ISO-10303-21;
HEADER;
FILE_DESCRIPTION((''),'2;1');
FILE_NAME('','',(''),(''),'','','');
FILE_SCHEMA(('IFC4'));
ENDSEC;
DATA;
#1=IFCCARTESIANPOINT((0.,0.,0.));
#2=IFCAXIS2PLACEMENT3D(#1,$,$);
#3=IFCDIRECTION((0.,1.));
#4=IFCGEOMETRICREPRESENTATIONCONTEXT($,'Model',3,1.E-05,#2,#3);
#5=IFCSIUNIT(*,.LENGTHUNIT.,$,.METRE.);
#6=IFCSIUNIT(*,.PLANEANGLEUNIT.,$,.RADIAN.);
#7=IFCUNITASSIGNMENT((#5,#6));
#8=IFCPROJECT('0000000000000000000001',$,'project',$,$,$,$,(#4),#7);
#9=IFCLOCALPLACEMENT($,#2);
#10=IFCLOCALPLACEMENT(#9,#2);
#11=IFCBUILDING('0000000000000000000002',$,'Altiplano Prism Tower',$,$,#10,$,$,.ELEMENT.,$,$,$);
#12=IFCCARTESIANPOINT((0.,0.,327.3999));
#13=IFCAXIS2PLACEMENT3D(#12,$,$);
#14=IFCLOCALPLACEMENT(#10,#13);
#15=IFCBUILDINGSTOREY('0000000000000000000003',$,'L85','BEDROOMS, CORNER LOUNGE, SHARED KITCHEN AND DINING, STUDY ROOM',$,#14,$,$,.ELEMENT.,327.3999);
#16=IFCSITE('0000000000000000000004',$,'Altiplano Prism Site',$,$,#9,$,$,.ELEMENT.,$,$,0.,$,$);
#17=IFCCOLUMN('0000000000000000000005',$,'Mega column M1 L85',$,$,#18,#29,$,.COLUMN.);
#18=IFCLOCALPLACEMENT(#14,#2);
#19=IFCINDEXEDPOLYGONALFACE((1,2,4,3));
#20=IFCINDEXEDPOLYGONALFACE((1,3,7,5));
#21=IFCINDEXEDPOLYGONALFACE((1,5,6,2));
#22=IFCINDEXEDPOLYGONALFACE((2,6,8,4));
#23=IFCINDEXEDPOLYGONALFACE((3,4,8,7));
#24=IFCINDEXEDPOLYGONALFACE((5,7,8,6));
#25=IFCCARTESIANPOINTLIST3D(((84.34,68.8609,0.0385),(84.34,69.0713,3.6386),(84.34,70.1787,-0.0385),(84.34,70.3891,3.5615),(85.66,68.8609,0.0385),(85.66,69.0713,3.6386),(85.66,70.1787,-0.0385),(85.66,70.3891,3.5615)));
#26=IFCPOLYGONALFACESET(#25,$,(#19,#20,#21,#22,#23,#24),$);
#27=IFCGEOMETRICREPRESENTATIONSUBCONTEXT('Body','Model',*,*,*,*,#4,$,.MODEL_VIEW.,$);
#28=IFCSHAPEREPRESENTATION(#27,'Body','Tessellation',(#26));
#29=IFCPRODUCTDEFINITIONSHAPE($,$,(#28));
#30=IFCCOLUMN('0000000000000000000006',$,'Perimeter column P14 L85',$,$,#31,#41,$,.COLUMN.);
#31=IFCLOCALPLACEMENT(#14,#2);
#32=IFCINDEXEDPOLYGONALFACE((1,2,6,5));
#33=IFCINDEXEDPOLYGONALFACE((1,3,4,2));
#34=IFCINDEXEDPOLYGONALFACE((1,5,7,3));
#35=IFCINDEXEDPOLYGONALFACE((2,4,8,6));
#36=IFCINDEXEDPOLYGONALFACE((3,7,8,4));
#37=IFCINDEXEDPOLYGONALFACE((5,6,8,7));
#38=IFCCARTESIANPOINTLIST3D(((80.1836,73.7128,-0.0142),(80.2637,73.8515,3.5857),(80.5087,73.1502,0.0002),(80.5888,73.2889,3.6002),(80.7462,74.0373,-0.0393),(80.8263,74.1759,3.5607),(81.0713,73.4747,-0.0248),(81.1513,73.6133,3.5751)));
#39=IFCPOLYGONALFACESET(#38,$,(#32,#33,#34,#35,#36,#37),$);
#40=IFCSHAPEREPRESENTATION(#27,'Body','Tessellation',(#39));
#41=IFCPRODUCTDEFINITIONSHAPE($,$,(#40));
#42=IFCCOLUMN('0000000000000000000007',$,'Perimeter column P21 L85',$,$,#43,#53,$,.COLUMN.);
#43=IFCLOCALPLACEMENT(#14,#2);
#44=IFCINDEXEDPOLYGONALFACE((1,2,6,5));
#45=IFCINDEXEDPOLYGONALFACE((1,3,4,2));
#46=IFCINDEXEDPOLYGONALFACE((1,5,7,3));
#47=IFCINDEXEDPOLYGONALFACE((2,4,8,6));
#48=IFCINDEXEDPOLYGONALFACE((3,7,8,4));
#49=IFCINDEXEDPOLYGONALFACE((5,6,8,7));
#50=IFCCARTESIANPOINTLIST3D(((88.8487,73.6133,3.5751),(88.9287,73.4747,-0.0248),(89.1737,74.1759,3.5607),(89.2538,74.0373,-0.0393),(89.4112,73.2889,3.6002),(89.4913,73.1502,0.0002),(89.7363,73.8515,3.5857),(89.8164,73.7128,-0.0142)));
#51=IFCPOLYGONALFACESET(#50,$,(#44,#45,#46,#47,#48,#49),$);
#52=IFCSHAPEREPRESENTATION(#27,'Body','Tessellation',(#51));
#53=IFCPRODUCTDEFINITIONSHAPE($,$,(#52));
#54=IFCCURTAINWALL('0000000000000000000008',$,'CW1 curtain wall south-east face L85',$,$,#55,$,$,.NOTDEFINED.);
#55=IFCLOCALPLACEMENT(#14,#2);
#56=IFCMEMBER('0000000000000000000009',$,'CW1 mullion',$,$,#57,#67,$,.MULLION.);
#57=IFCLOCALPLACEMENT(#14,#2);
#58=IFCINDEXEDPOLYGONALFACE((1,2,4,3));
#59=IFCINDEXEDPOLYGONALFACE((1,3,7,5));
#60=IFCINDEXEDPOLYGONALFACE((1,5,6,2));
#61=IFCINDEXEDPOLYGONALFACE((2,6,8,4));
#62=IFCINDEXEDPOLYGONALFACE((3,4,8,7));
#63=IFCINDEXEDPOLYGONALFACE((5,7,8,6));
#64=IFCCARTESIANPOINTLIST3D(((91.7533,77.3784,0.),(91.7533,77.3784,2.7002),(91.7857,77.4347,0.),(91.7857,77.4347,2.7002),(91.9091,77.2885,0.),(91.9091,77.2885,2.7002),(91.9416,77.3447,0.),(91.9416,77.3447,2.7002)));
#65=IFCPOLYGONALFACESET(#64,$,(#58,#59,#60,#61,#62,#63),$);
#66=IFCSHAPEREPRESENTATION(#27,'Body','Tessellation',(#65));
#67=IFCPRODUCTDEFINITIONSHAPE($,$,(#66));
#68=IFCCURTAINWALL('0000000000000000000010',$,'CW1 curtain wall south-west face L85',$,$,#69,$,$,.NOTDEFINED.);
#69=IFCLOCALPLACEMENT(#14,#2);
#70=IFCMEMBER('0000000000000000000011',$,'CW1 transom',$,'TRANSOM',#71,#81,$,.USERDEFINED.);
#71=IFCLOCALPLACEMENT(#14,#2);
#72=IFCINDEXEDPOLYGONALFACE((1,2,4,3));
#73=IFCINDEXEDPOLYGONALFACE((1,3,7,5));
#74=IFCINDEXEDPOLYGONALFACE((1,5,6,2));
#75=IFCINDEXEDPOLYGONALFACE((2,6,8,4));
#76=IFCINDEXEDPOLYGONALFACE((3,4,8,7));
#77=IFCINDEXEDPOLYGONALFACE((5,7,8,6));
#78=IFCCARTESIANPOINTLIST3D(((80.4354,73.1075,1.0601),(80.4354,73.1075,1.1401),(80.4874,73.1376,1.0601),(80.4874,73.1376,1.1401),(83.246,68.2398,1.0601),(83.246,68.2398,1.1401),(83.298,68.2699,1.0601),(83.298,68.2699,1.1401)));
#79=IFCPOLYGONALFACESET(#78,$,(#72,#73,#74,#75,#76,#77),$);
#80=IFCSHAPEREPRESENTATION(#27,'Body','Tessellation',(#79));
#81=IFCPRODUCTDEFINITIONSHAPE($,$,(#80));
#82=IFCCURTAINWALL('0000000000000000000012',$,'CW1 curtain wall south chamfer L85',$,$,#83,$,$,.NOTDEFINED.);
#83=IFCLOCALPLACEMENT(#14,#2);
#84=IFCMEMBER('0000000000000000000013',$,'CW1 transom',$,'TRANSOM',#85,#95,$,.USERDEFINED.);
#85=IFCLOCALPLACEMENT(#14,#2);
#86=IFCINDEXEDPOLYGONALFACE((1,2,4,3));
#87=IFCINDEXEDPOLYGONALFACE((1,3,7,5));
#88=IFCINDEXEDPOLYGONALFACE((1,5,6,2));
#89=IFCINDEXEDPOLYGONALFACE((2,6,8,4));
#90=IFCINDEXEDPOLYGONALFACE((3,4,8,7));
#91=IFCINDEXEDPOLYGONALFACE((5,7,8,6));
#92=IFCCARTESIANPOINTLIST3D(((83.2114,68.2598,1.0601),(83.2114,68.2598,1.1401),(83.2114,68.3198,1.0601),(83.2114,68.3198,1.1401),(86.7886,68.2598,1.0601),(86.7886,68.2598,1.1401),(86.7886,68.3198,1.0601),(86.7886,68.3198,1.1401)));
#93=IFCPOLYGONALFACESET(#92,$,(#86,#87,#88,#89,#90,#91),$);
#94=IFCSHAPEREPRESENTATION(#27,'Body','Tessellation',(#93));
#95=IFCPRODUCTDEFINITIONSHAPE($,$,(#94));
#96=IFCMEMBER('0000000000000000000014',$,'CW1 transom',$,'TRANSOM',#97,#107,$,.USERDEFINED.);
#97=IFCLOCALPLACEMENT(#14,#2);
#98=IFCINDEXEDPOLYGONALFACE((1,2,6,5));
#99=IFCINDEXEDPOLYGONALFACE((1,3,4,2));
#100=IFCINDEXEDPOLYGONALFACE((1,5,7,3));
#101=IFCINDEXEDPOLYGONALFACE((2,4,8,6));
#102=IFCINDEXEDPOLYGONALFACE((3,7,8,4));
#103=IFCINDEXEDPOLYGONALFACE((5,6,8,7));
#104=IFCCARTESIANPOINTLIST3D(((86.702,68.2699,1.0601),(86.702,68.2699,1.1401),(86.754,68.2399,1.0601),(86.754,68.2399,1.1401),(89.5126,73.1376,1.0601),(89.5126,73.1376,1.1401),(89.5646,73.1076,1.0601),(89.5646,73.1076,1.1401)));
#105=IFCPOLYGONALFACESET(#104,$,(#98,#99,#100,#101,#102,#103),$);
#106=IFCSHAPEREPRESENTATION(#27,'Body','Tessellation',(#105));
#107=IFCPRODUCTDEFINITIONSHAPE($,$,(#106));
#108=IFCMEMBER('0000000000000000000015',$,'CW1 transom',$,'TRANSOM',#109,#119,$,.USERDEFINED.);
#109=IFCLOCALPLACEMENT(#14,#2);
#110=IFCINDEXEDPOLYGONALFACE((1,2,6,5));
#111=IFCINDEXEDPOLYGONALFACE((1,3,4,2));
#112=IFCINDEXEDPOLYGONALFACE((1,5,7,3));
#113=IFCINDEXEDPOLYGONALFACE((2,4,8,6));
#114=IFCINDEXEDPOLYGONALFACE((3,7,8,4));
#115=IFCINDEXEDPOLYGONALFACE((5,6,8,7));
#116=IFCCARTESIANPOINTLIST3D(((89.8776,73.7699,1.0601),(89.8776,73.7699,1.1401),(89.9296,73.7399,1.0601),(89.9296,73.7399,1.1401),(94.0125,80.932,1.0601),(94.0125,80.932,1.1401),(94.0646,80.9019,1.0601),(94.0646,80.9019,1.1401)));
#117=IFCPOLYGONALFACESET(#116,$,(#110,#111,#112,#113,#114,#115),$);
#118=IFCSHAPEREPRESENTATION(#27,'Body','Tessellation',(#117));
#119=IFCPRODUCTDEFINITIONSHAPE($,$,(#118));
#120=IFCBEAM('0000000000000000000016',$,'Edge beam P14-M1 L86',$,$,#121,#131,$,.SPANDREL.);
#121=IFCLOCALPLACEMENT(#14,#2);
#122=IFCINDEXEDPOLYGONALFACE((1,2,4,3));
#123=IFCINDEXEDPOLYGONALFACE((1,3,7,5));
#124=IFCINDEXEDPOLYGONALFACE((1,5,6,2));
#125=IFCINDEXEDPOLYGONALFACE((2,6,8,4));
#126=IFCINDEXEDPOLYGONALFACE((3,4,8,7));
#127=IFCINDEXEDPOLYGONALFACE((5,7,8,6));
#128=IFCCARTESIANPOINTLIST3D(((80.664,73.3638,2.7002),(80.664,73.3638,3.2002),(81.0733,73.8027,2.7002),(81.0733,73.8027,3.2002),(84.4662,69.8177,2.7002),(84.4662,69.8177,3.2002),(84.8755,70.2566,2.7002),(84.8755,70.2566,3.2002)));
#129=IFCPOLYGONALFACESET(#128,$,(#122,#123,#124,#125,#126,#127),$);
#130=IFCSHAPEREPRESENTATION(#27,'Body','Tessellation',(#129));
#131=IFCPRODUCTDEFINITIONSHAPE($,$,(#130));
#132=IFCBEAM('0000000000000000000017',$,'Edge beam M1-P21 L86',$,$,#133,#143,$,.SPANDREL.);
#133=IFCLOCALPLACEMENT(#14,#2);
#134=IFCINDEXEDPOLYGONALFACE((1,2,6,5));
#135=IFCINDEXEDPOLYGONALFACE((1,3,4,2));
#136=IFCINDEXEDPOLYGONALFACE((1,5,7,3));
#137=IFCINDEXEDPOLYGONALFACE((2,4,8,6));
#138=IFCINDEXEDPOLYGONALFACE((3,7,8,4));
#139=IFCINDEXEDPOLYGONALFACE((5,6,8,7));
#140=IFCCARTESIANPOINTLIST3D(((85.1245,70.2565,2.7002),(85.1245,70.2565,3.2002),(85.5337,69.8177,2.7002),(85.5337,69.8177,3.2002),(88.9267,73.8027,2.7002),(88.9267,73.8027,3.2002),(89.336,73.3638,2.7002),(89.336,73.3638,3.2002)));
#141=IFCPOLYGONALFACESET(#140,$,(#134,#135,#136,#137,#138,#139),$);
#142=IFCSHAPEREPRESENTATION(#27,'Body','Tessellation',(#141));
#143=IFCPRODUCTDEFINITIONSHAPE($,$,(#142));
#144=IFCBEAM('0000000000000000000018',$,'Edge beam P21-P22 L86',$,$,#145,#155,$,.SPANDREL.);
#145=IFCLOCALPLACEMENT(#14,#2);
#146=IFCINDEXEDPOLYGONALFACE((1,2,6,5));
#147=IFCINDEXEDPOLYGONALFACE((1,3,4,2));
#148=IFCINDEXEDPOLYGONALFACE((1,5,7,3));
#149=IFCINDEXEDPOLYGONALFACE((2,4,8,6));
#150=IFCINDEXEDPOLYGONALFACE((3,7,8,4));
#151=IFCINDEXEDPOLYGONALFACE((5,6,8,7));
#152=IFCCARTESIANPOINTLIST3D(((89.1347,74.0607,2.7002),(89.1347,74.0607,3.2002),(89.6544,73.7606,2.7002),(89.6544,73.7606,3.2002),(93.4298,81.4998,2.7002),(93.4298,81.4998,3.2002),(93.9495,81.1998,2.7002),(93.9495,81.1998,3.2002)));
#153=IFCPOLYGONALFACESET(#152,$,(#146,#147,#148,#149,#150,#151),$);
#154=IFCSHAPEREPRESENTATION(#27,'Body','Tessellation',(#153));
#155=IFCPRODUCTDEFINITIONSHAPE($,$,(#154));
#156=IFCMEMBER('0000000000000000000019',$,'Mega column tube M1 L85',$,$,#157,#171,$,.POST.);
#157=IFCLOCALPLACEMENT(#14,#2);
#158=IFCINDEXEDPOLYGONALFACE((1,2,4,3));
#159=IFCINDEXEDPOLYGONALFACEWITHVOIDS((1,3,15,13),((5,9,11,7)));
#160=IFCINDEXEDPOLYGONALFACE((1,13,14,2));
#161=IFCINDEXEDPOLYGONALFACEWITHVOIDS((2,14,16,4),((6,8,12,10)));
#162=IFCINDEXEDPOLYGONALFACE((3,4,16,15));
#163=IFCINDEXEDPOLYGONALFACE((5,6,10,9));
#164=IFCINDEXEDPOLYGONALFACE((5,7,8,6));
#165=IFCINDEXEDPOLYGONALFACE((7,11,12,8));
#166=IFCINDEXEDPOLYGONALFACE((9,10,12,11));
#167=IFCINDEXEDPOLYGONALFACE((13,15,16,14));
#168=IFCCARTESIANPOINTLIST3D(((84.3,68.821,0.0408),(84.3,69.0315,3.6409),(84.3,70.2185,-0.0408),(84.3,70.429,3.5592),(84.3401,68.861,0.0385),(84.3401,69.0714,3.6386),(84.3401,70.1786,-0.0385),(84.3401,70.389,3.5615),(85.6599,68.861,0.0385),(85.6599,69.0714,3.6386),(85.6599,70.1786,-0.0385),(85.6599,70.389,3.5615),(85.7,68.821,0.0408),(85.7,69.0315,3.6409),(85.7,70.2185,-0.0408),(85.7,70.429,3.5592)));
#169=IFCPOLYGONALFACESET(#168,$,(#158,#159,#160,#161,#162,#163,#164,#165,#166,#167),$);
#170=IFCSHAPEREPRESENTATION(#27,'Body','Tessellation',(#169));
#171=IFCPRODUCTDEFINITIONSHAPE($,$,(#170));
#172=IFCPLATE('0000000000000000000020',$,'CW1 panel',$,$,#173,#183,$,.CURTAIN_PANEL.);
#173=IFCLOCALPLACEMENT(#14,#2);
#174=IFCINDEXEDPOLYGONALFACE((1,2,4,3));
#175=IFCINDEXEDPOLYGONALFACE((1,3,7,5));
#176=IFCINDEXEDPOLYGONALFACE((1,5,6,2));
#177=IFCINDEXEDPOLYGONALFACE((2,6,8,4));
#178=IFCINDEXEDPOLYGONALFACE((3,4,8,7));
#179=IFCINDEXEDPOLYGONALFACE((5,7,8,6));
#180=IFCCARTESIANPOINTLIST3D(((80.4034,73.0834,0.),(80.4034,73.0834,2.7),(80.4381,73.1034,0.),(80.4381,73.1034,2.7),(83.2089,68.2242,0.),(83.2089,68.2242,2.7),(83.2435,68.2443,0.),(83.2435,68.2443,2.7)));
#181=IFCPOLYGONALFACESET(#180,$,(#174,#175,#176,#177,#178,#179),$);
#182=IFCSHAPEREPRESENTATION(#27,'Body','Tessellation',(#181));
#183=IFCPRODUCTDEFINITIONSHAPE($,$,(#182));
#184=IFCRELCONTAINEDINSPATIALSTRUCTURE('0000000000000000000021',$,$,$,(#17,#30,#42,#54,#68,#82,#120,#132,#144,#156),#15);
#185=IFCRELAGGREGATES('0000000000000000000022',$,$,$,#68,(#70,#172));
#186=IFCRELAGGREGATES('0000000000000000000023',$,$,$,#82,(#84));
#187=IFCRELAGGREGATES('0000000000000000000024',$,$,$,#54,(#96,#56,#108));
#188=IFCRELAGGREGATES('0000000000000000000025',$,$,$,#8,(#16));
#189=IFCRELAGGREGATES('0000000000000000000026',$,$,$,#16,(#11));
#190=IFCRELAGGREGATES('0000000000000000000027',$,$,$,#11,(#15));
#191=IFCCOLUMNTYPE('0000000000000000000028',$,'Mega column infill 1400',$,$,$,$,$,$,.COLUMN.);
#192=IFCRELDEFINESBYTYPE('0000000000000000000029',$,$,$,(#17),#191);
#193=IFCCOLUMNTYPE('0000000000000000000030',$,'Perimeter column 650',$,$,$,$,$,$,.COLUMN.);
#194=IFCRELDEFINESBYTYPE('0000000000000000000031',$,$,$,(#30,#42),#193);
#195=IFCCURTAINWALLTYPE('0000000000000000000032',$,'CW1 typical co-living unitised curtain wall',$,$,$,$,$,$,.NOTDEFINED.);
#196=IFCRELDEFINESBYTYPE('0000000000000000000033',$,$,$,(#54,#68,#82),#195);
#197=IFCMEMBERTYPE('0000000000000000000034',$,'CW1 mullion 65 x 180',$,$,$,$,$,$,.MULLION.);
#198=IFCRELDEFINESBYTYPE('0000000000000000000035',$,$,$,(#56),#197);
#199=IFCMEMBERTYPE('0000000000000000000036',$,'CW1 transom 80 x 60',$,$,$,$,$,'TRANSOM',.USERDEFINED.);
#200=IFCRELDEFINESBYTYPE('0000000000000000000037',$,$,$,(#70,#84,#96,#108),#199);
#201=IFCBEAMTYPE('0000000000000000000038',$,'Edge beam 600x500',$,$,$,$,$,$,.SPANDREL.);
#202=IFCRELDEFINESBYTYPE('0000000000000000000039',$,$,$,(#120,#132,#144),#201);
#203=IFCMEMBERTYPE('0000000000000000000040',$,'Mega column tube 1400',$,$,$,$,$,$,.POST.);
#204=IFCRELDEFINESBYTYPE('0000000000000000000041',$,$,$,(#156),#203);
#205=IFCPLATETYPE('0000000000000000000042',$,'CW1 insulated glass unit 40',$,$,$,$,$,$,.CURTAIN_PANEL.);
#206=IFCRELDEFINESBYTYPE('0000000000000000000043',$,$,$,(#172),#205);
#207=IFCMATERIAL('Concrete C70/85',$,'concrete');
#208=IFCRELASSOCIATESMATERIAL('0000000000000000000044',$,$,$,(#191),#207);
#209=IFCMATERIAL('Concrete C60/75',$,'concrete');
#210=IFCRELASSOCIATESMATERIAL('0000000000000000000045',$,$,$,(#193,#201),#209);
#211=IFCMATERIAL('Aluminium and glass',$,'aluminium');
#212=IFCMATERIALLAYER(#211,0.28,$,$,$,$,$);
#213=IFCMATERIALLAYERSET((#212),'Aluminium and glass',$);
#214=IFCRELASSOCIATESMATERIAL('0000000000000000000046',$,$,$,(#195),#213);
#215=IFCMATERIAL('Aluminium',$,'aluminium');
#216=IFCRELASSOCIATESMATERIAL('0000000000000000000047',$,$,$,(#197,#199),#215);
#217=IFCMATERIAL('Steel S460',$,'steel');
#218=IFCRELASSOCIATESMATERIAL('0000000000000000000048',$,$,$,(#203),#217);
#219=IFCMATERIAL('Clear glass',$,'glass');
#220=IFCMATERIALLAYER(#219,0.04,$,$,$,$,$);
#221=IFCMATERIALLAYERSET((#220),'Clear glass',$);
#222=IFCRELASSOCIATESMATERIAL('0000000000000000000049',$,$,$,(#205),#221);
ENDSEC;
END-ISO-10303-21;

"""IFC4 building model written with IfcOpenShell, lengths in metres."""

from ifc_helpers import new_model, si_unit, direction, frame, origin, origin_2d, place, context, subcontext, project, spatial, rectangle, hollow_rectangle, extrude, material, layer, layer_set, material_profile, profile_set, type_object, element, aggregate, save


model = new_model("IFC4")

# Units and contexts
model_context = context("Model", 3, precision=1e-05, world=origin(), true_north=direction((0.0, 1.0)))
body_context = subcontext(model_context, "Body", "Model", "MODEL_VIEW")
ifc_project = project(units=[si_unit("LENGTHUNIT", "METRE"), si_unit("PLANEANGLEUNIT", "RADIAN")], contexts=[model_context])

# Site, building, storey
site_placement = place(None, origin())
site = spatial("IfcSite", under=ifc_project, at=site_placement, Name="Altiplano Prism Site", CompositionType="ELEMENT", RefElevation=0.0)
building_placement = place(site_placement, origin())
building = spatial("IfcBuilding", under=site, at=building_placement, Name="Altiplano Prism Tower", CompositionType="ELEMENT")
storey_placement = place(building_placement, frame((0.0, 0.0, 327.3999)))
storey = spatial("IfcBuildingStorey", under=building, at=storey_placement, Name="L85", Description="BEDROOMS, CORNER LOUNGE, SHARED KITCHEN AND DINING, STUDY ROOM", CompositionType="ELEMENT", Elevation=327.3999)

# Columns
ifc_material_1 = material(Name="Concrete C70/85", Category="concrete")
ifc_material_profile_1 = material_profile(ifc_material_1, rectangle(XDim=1.3201, YDim=1.3201, at=origin_2d()), Name="Mega column infill 1400")
ifc_profile_set_1 = profile_set([ifc_material_profile_1], Name="Concrete C70/85")
column_type_1 = type_object("IfcColumnType", Name="Mega column infill 1400", PredefinedType="COLUMN", material=ifc_profile_set_1)
column_placement = place(storey_placement, frame((85.0, 69.5198, 0.0), z_axis=(0.0, 0.058357, 0.998296), x_axis=(-1.0, 0.0, 0.0)))
element("IfcColumn", 1, at=column_placement, inside=storey, type_object=column_type_1, Name="Mega column M1 L85", PredefinedType="COLUMN", context=body_context, shape_type="SweptSolid", body=[
    extrude(rectangle(XDim=1.3201, YDim=1.3201, at=origin_2d()), origin(), (0.0, 0.0, 1.0), 3.6062),
])
ifc_material_2 = material(Name="Concrete C60/75", Category="concrete")
ifc_material_profile_2 = material_profile(ifc_material_2, rectangle(XDim=0.6499, YDim=0.6499, at=origin_2d()), Name="Perimeter column 650")
ifc_profile_set_2 = profile_set([ifc_material_profile_2], Name="Concrete C60/75")
column_type_2 = type_object("IfcColumnType", Name="Perimeter column 650", PredefinedType="COLUMN", material=ifc_profile_set_2)
for number, where, z_axis, x_axis, name in (
    (2, (80.6274, 73.5938, -0.0195), (0.022223, 0.038483, 0.999012), (-0.865638, -0.499189, 0.038486), "Perimeter column P14 L85"),
    (3, (89.3726, 73.5938, -0.0195), (-0.022223, 0.038483, 0.999012), (-0.500177, -0.865638, 0.022219), "Perimeter column P21 L85"),
):
    element("IfcColumn", number, at=place(storey_placement, frame(where, z_axis=z_axis, x_axis=x_axis)), inside=storey, type_object=column_type_2, Name=name, PredefinedType="COLUMN", context=body_context, shape_type="SweptSolid", body=[
        extrude(rectangle(XDim=0.6499, YDim=0.6499, at=origin_2d()), origin(), (0.0, 0.0, 1.0), 3.6035),
    ])

# Curtain walls, members
ifc_material_3 = material(Name="Aluminium and glass", Category="aluminium")
ifc_layer_1 = layer(ifc_material_3, 0.28)
ifc_layer_set_1 = layer_set([ifc_layer_1], Name="Aluminium and glass")
curtain_wall_type = type_object("IfcCurtainWallType", Name="CW1 typical co-living unitised curtain wall", PredefinedType="NOTDEFINED", material=ifc_layer_set_1)
curtain_wall_1_placement = place(storey_placement, origin())
curtain_wall_1 = element("IfcCurtainWall", 4, at=curtain_wall_1_placement, inside=storey, type_object=curtain_wall_type, Name="CW1 curtain wall south-east face L85", PredefinedType="NOTDEFINED")
ifc_material_4 = material(Name="Aluminium", Category="aluminium")
ifc_material_profile_3 = material_profile(ifc_material_4, rectangle(XDim=0.1799, YDim=0.0649, at=origin_2d()), Name="CW1 mullion 65 x 180")
ifc_profile_set_3 = profile_set([ifc_material_profile_3], Name="Aluminium")
member_type_1 = type_object("IfcMemberType", Name="CW1 mullion 65 x 180", PredefinedType="MULLION", material=ifc_profile_set_3)
member_1_placement = place(storey_placement, frame((91.8474, 77.3616, 0.0), z_axis=(0.0, 0.0, 1.0), x_axis=(-0.866025, 0.5, 0.0)))
member_1 = element("IfcMember", 5, at=member_1_placement, type_object=member_type_1, Name="CW1 mullion", PredefinedType="MULLION", context=body_context, shape_type="SweptSolid", body=[
    extrude(rectangle(XDim=0.1799, YDim=0.0649, at=origin_2d()), origin(), (0.0, 0.0, 1.0), 2.7002),
])
curtain_wall_2_placement = place(storey_placement, origin())
curtain_wall_2 = element("IfcCurtainWall", 6, at=curtain_wall_2_placement, inside=storey, type_object=curtain_wall_type, Name="CW1 curtain wall south-west face L85", PredefinedType="NOTDEFINED")
ifc_material_profile_4 = material_profile(ifc_material_4, rectangle(XDim=0.0601, YDim=0.0801, at=origin_2d()), Name="CW1 transom 80 x 60")
ifc_profile_set_4 = profile_set([ifc_material_profile_4], Name="Aluminium")
member_type_2 = type_object("IfcMemberType", Name="CW1 transom 80 x 60", ElementType="TRANSOM", PredefinedType="USERDEFINED", material=ifc_profile_set_4)
member_2_placement = place(storey_placement, frame((80.4614, 73.1226, 1.1001), z_axis=(0.500026, -0.866011, 0.0), x_axis=(0.866011, 0.500026, 0.0)))
member_2 = element("IfcMember", 7, at=member_2_placement, type_object=member_type_2, Name="CW1 transom", ObjectType="TRANSOM", PredefinedType="USERDEFINED", context=body_context, shape_type="SweptSolid", body=[
    extrude(rectangle(XDim=0.0601, YDim=0.0801, at=origin_2d()), origin(), (0.0, 0.0, 1.0), 5.6208),
])
curtain_wall_3_placement = place(storey_placement, origin())
curtain_wall_3 = element("IfcCurtainWall", 8, at=curtain_wall_3_placement, inside=storey, type_object=curtain_wall_type, Name="CW1 curtain wall south chamfer L85", PredefinedType="NOTDEFINED")
member_3_placement = place(storey_placement, frame((83.2114, 68.2898, 1.1001), z_axis=(1.0, 0.0, 0.0), x_axis=(0.0, 1.0, 0.0)))
member_3 = element("IfcMember", 9, at=member_3_placement, type_object=member_type_2, Name="CW1 transom", ObjectType="TRANSOM", PredefinedType="USERDEFINED", context=body_context, shape_type="SweptSolid", body=[
    extrude(rectangle(XDim=0.0601, YDim=0.0801, at=origin_2d()), origin(), (0.0, 0.0, 1.0), 3.5771),
])

# Members
member_4_placement = place(storey_placement, frame((86.728, 68.2549, 1.1001), z_axis=(0.500026, 0.866011, 0.0), x_axis=(-0.866011, 0.500026, 0.0)))
member_4 = element("IfcMember", 10, at=member_4_placement, type_object=member_type_2, Name="CW1 transom", ObjectType="TRANSOM", PredefinedType="USERDEFINED", context=body_context, shape_type="SweptSolid", body=[
    extrude(rectangle(XDim=0.0601, YDim=0.0801, at=origin_2d()), origin(), (0.0, 0.0, 1.0), 5.6208),
])
member_5_placement = place(storey_placement, frame((89.9036, 73.7549, 1.1001), z_axis=(0.499997, 0.866027, 0.0), x_axis=(-0.866027, 0.499997, 0.0)))
member_5 = element("IfcMember", 11, at=member_5_placement, type_object=member_type_2, Name="CW1 transom", ObjectType="TRANSOM", PredefinedType="USERDEFINED", context=body_context, shape_type="SweptSolid", body=[
    extrude(rectangle(XDim=0.0601, YDim=0.0801, at=origin_2d()), origin(), (0.0, 0.0, 1.0), 8.27),
])

# Beams
ifc_material_profile_5 = material_profile(ifc_material_2, rectangle(XDim=0.6001, YDim=0.5, at=origin_2d()), Name="Edge beam 600x500")
ifc_profile_set_5 = profile_set([ifc_material_profile_5], Name="Concrete C60/75")
beam_type = type_object("IfcBeamType", Name="Edge beam 600x500", PredefinedType="SPANDREL", material=ifc_profile_set_5)
for number, where, z_axis, x_axis, name in (
    (12, (80.8687, 73.5833, 2.9502), (0.731307, -0.682049, 0.0), (0.682049, 0.731307, 0.0), "Edge beam P14-M1 L86"),
    (13, (85.3291, 70.0371, 2.9502), (0.731307, 0.682049, 0.0), (-0.682049, 0.731307, 0.0), "Edge beam M1-P21 L86"),
):
    element("IfcBeam", number, at=place(storey_placement, frame(where, z_axis=z_axis, x_axis=x_axis)), inside=storey, type_object=beam_type, Name=name, PredefinedType="SPANDREL", context=body_context, shape_type="SweptSolid", body=[
        extrude(rectangle(XDim=0.6001, YDim=0.5, at=origin_2d()), origin(), (0.0, 0.0, 1.0), 5.1992),
    ])
beam_placement = place(storey_placement, frame((89.3945, 73.9106, 2.9502), z_axis=(0.500012, 0.866019, 0.0), x_axis=(-0.866019, 0.500012, 0.0)))
element("IfcBeam", 14, at=beam_placement, inside=storey, type_object=beam_type, Name="Edge beam P21-P22 L86", PredefinedType="SPANDREL", context=body_context, shape_type="SweptSolid", body=[
    extrude(rectangle(XDim=0.6001, YDim=0.5, at=origin_2d()), origin(), (0.0, 0.0, 1.0), 8.5901),
])

# Member
ifc_material_5 = material(Name="Steel S460", Category="steel")
ifc_material_profile_6 = material_profile(ifc_material_5, hollow_rectangle(XDim=1.3999, YDim=1.3999, WallThickness=0.04, at=origin_2d()), Name="Mega column tube 1400")
ifc_profile_set_6 = profile_set([ifc_material_profile_6], Name="Steel S460")
member_type_3 = type_object("IfcMemberType", Name="Mega column tube 1400", PredefinedType="POST", material=ifc_profile_set_6)
member_6_placement = place(storey_placement, frame((85.0, 69.5198, 0.0), z_axis=(0.0, 0.058357, 0.998296), x_axis=(-1.0, 0.0, 0.0)))
element("IfcMember", 15, at=member_6_placement, inside=storey, type_object=member_type_3, Name="Mega column tube M1 L85", PredefinedType="POST", context=body_context, shape_type="SweptSolid", body=[
    extrude(hollow_rectangle(XDim=1.3999, YDim=1.3999, WallThickness=0.04, at=origin_2d()), origin(), (0.0, 0.0, 1.0), 3.6062),
])

# Plate
ifc_material_6 = material(Name="Clear glass", Category="glass")
ifc_layer_2 = layer(ifc_material_6, 0.04)
ifc_layer_set_2 = layer_set([ifc_layer_2], Name="Clear glass")
plate_type = type_object("IfcPlateType", Name="CW1 insulated glass unit 40", PredefinedType="CURTAIN_PANEL", material=ifc_layer_set_2)
plate_1_placement = place(storey_placement, frame((81.8235, 70.6638, 0.0), z_axis=(0.0, 0.0, 1.0), x_axis=(0.5, -0.866025, 0.0)))
plate_1 = element("IfcPlate", 16, at=plate_1_placement, type_object=plate_type, Name="CW1 panel", PredefinedType="CURTAIN_PANEL", context=body_context, shape_type="SweptSolid", body=[
    extrude(rectangle(XDim=5.6108, YDim=0.04, at=origin_2d()), origin(), (0.0, 0.0, 1.0), 2.7),
])
aggregate(curtain_wall_2, [member_2, plate_1])
aggregate(curtain_wall_3, [member_3])
aggregate(curtain_wall_1, [member_4, member_1, member_5])

save(model, "model.ifc")
